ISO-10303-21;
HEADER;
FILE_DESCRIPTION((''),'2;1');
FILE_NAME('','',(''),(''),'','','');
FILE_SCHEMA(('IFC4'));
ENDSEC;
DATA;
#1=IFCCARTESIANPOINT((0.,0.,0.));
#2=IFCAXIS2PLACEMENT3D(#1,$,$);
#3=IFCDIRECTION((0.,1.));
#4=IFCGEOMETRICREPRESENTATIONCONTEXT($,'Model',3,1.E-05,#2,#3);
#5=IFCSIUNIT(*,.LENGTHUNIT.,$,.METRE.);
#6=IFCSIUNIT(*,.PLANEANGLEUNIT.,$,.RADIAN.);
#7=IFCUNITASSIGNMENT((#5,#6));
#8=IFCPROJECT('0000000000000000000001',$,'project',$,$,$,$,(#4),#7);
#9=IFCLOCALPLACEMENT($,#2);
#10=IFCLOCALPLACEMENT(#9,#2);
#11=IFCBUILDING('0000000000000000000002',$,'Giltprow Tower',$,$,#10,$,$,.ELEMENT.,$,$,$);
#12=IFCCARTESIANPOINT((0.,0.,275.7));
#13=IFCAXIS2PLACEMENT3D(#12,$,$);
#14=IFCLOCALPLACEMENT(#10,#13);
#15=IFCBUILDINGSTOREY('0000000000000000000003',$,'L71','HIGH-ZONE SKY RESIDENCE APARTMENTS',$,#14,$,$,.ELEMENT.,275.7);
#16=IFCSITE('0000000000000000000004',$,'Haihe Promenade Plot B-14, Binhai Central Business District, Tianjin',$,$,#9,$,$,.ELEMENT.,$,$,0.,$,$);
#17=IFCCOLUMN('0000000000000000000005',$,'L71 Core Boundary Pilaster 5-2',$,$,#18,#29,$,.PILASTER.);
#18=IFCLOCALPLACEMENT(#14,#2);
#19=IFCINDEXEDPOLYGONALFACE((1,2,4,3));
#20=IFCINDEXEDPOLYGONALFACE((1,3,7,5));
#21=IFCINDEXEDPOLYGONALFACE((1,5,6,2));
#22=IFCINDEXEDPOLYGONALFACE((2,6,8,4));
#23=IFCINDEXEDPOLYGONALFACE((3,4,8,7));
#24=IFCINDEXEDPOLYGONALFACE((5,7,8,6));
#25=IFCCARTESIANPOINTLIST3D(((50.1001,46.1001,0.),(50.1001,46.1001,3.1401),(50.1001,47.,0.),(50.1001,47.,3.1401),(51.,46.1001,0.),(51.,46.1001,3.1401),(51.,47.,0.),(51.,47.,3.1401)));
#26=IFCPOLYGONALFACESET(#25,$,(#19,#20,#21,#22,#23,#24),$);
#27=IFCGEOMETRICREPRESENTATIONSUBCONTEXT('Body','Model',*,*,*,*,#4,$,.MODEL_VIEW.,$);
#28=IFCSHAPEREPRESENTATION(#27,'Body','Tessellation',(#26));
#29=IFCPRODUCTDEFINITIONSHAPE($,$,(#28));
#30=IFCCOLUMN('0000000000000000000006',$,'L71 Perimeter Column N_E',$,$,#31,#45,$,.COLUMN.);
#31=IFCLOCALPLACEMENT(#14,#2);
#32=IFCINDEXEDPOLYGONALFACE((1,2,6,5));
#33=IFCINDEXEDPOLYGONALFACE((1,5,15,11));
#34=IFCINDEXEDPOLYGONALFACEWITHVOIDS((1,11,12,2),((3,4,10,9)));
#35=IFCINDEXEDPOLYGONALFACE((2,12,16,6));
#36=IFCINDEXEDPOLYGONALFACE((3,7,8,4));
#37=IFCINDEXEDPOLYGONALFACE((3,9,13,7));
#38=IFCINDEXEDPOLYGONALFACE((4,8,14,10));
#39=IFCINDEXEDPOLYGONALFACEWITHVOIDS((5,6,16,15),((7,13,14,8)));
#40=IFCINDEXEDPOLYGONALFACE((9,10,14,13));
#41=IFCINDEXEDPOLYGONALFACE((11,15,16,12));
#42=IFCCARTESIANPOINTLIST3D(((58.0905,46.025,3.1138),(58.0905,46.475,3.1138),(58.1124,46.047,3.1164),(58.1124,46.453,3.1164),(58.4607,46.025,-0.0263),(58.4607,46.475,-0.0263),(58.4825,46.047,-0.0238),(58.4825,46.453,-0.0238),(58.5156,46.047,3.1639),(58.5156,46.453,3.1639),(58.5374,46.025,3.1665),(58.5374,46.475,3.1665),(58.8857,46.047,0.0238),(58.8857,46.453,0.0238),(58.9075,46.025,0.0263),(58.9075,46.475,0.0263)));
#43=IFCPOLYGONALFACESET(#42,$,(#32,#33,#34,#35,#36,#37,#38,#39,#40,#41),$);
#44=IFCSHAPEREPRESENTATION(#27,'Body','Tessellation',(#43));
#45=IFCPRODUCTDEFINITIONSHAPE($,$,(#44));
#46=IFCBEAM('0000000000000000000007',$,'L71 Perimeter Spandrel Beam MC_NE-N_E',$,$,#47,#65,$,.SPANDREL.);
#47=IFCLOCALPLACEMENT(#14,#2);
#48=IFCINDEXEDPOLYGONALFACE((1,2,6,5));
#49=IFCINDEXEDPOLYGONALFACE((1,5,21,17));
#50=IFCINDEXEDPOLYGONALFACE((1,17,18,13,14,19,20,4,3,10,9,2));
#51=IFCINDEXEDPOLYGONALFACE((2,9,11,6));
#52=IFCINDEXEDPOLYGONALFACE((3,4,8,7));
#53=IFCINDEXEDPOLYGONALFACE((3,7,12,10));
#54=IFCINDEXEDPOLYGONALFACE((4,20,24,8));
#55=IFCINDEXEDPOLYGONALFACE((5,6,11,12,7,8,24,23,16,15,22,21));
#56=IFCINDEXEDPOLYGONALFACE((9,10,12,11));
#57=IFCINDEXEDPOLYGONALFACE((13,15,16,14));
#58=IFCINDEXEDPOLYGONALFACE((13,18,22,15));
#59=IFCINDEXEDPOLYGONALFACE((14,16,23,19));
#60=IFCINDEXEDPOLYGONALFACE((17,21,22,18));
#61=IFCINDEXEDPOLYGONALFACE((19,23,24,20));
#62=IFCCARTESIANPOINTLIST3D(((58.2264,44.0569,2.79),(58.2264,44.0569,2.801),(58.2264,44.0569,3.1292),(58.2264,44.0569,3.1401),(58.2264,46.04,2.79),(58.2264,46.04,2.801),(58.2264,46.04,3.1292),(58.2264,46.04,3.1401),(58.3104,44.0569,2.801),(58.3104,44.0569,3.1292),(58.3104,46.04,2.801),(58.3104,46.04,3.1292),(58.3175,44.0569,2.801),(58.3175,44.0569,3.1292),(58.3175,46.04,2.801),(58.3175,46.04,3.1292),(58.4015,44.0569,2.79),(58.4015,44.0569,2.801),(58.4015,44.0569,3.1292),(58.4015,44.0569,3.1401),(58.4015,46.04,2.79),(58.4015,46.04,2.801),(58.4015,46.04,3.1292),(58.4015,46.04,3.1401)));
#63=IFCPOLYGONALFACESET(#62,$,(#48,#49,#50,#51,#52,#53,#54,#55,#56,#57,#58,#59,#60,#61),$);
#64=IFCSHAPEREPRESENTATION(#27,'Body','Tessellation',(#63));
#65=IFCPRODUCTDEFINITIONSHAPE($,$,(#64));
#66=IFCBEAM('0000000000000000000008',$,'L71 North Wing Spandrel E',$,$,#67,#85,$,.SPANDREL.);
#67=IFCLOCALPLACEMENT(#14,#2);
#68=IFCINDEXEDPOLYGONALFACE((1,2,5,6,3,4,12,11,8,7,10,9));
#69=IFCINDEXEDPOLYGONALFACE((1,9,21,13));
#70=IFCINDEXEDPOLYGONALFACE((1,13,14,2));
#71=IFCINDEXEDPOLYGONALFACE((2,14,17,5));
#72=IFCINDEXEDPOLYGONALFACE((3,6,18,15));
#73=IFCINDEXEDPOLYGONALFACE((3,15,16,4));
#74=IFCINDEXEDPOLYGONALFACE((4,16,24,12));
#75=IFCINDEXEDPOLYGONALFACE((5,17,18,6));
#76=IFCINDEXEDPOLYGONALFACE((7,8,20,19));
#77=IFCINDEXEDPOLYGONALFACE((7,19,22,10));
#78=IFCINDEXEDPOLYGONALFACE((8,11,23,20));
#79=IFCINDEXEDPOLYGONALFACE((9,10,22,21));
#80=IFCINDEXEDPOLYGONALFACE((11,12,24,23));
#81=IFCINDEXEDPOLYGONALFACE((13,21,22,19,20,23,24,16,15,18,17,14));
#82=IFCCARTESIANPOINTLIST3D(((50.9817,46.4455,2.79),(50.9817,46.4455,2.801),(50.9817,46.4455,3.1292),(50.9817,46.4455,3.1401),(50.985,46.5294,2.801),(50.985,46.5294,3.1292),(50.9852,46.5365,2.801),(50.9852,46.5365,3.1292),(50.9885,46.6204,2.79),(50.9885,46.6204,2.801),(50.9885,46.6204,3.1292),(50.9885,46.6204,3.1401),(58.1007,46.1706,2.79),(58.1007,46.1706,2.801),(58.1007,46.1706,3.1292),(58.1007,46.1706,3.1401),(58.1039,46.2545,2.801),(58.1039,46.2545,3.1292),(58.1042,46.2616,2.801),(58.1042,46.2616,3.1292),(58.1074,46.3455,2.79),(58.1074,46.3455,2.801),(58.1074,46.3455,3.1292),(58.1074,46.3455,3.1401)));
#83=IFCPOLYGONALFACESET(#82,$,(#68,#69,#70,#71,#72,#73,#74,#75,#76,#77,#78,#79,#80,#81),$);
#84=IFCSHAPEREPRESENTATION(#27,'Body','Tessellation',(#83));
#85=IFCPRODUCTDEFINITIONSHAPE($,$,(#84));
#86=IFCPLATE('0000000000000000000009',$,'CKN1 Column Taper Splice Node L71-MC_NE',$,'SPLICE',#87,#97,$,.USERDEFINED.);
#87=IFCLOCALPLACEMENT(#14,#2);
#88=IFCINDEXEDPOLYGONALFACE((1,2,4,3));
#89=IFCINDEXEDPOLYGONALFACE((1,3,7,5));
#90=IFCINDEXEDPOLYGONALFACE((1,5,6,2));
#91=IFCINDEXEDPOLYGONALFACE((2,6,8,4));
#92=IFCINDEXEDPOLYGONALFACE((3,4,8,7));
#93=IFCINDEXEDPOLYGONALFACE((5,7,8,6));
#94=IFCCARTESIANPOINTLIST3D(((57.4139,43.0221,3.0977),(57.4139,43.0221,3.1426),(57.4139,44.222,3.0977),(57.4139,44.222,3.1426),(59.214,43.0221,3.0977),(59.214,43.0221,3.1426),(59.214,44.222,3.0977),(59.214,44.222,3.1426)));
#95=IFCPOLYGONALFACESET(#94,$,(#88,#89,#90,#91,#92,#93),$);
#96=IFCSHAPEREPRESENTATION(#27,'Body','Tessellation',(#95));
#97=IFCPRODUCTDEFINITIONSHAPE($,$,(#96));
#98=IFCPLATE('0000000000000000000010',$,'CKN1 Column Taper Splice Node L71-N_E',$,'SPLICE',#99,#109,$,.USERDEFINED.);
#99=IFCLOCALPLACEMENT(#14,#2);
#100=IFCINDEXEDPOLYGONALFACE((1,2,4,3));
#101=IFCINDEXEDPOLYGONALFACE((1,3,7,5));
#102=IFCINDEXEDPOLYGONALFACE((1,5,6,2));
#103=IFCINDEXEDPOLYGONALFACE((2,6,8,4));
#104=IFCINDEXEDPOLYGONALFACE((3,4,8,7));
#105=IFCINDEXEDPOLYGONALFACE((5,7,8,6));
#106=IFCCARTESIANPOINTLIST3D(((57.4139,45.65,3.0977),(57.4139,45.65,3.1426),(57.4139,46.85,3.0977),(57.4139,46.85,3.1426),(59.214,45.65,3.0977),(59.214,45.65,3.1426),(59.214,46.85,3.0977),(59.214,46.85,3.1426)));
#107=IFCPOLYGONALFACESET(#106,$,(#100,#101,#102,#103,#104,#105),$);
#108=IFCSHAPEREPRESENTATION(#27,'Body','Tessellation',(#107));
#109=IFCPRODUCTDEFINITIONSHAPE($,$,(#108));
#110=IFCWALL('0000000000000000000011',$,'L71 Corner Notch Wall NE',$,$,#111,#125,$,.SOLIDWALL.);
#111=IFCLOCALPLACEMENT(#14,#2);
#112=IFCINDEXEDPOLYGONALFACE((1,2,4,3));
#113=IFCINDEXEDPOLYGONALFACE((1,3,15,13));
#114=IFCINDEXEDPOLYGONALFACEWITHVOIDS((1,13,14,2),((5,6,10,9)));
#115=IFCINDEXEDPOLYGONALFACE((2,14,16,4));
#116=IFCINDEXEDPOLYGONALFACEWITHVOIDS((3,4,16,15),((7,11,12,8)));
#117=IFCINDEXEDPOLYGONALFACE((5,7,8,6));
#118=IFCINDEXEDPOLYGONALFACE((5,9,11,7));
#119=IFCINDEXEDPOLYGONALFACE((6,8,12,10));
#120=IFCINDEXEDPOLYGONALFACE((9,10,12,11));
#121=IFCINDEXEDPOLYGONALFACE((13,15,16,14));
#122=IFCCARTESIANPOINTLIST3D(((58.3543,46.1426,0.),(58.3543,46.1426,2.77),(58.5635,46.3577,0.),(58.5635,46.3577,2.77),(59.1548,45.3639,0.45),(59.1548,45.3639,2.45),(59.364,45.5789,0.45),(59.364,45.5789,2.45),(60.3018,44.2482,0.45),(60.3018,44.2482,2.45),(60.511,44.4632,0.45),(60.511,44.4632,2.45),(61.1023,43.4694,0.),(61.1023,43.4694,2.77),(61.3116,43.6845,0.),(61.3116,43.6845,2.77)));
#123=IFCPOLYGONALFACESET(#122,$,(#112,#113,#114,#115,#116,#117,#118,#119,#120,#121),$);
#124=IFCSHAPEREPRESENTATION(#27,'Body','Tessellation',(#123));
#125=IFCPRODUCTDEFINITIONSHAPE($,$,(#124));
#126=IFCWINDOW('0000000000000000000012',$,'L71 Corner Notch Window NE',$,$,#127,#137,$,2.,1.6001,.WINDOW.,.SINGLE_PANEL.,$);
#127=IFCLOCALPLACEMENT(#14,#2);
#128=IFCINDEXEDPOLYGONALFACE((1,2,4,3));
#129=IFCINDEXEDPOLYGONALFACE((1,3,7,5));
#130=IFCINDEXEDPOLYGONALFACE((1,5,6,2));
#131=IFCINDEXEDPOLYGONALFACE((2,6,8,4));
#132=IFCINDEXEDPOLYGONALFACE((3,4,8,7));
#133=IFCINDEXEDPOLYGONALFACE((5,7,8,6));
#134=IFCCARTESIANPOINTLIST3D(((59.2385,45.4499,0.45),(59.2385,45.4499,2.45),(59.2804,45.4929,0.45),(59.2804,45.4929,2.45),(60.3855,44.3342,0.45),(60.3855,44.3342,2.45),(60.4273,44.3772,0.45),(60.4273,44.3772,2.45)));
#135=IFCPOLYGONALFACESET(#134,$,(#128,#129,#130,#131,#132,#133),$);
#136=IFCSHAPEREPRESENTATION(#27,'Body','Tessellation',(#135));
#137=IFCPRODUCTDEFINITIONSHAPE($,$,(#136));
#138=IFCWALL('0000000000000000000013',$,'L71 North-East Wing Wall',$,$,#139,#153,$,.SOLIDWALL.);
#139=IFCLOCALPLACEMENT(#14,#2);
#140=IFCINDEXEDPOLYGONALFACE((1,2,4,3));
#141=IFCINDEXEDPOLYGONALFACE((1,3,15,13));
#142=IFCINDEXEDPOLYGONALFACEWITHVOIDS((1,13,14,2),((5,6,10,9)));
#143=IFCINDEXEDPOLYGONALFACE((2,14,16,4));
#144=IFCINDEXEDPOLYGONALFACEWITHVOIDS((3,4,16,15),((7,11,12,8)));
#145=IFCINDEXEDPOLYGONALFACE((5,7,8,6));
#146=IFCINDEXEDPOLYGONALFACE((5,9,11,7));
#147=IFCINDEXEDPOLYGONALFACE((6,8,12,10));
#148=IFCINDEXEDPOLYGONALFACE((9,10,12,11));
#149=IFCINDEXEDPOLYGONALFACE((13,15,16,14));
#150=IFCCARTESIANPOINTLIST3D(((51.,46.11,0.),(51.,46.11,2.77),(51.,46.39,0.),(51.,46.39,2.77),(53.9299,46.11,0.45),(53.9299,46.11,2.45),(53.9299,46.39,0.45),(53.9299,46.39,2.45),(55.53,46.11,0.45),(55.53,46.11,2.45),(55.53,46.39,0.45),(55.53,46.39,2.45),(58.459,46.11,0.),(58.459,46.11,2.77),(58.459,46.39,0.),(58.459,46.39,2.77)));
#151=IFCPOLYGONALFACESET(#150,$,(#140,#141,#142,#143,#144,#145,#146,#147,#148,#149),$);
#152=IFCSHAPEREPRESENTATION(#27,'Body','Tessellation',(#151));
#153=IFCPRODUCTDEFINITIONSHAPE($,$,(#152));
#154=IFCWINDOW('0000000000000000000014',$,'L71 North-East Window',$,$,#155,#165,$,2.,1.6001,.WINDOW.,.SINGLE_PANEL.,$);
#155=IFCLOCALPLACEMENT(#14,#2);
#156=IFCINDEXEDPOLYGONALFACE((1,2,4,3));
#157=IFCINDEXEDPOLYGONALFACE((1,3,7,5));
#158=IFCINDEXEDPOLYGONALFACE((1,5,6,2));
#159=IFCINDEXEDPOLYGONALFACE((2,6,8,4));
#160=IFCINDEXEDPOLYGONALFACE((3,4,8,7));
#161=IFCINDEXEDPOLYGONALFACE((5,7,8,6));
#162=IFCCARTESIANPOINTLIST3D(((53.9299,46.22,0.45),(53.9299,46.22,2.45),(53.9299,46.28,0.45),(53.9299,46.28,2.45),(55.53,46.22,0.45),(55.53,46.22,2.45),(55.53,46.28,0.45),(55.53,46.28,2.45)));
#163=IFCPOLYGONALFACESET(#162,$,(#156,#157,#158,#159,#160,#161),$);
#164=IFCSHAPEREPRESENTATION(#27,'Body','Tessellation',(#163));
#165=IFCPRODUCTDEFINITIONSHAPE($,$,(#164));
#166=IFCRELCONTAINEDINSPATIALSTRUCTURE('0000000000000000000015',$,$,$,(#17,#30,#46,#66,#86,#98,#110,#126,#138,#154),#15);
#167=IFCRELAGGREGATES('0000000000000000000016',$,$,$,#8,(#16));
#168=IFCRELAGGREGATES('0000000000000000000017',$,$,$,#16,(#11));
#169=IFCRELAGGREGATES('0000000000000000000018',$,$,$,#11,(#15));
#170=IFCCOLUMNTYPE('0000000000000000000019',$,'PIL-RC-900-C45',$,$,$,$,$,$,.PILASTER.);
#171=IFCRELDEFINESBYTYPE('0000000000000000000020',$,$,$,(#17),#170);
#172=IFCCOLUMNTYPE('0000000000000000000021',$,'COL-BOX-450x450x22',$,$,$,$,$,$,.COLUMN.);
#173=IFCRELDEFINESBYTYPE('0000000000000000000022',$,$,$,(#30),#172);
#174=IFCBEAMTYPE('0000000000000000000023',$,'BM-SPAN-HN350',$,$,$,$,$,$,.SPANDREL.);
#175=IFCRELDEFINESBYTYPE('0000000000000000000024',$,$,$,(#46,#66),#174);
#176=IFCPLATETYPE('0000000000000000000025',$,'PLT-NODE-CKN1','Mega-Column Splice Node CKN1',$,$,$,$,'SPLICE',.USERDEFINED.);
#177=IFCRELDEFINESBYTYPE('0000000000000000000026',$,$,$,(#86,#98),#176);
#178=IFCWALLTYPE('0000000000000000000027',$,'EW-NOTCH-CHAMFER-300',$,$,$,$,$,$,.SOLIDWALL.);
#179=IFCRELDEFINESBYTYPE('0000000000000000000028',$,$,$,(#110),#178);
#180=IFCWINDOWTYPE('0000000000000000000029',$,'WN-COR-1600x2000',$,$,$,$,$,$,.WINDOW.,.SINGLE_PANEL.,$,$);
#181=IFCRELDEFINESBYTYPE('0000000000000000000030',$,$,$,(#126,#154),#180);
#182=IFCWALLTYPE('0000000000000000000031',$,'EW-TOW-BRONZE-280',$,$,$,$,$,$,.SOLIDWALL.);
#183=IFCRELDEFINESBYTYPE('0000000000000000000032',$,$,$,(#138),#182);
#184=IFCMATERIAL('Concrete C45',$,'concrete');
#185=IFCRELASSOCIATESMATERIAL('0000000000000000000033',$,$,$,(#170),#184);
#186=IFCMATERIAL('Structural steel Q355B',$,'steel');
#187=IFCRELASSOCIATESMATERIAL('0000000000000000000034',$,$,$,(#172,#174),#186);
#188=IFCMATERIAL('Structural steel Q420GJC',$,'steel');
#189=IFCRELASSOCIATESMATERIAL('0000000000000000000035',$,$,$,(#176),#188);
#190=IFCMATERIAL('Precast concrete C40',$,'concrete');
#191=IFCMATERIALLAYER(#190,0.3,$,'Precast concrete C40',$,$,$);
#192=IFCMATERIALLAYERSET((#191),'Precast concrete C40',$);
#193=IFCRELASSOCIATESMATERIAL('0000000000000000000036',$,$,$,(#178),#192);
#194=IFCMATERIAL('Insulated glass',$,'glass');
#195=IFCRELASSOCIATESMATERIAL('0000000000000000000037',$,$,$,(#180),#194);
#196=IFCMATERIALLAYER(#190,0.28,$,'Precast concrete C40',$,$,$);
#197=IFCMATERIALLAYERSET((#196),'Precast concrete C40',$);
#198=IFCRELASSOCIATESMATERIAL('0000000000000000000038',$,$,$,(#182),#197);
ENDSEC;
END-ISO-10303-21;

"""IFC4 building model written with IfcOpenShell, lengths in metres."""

from ifc_helpers import new_model, si_unit, direction, frame, frame_2d, origin, origin_2d, place, context, subcontext, project, spatial, rectangle, hollow_rectangle, i_section, extrude, source, transform, mapped, material, layer, layer_set, material_profile, profile_set, type_object, element, fill, save


model = new_model("IFC4")

# Units and contexts
model_context = context("Model", 3, precision=1e-05, world=origin(), true_north=direction((0.0, 1.0)))
body_context = subcontext(model_context, "Body", "Model", "MODEL_VIEW")
ifc_project = project(units=[si_unit("LENGTHUNIT", "METRE"), si_unit("PLANEANGLEUNIT", "RADIAN")], contexts=[model_context])

# Site, building, storey
site_placement = place(None, origin())
site = spatial("IfcSite", under=ifc_project, at=site_placement, Name="Haihe Promenade Plot B-14, Binhai Central Business District, Tianjin", CompositionType="ELEMENT", RefElevation=0.0)
building_placement = place(site_placement, origin())
building = spatial("IfcBuilding", under=site, at=building_placement, Name="Giltprow Tower", CompositionType="ELEMENT")
storey_placement = place(building_placement, frame((0.0, 0.0, 275.7)))
storey = spatial("IfcBuildingStorey", under=building, at=storey_placement, Name="L71", Description="HIGH-ZONE SKY RESIDENCE APARTMENTS", CompositionType="ELEMENT", Elevation=275.7)

# Columns
ifc_material_1 = material(Name="Concrete C45", Category="concrete")
ifc_material_profile_1 = material_profile(ifc_material_1, rectangle(XDim=0.8999, YDim=0.8999, at=origin_2d()), Name="RC 900x900")
ifc_profile_set_1 = profile_set([ifc_material_profile_1], Name="Concrete C45")
column_type_1 = type_object("IfcColumnType", Name="PIL-RC-900-C45", PredefinedType="PILASTER", material=ifc_profile_set_1)
shared_shape_1 = source(origin(), body_context, "Body", "SweptSolid", [
    extrude(rectangle(XDim=0.8999, YDim=0.8999, at=origin_2d()), origin(), (0.0, 0.0, 1.0), 3.1401),
])
column_1_placement = place(storey_placement, frame((50.55, 46.55, 0.0), z_axis=(0.0, 0.0, 1.0), x_axis=(1.0, 0.0, 0.0)))
element("IfcColumn", 1, at=column_1_placement, inside=storey, type_object=column_type_1, Name="L71 Core Boundary Pilaster 5-2", PredefinedType="PILASTER", context=body_context, shape_type="MappedRepresentation", body=[
    mapped(shared_shape_1, transform((0.0, 0.0, 0.0), x_axis=(1.0, 0.0, 0.0), y_axis=(0.0, 1.0, 0.0), z_axis=(0.0, 0.0, 1.0), scale=1.0)),
])
ifc_material_2 = material(Name="Structural steel Q355B", Category="steel")
ifc_material_profile_2 = material_profile(ifc_material_2, hollow_rectangle(XDim=0.45, YDim=0.45, WallThickness=0.022, at=origin_2d()), Name="BOX 450x450x22")
ifc_profile_set_2 = profile_set([ifc_material_profile_2], Name="Structural steel Q355B")
column_type_2 = type_object("IfcColumnType", Name="COL-BOX-450x450x22", PredefinedType="COLUMN", material=ifc_profile_set_2)
shared_shape_2 = source(origin(), body_context, "Body", "SweptSolid", [
    extrude(hollow_rectangle(XDim=0.45, YDim=0.45, WallThickness=0.022, at=origin_2d()), origin(), (0.0, 0.0, 1.0), 3.1619),
])
column_2_placement = place(storey_placement, frame((58.6841, 46.25, 0.0), z_axis=(-0.117056, 0.0, 0.993125), x_axis=(0.0, -1.0, 0.0)))
element("IfcColumn", 2, at=column_2_placement, inside=storey, type_object=column_type_2, Name="L71 Perimeter Column N_E", PredefinedType="COLUMN", context=body_context, shape_type="MappedRepresentation", body=[
    mapped(shared_shape_2, transform((0.0, 0.0, 0.0), x_axis=(1.0, 0.0, 0.0), y_axis=(0.0, 1.0, 0.0), z_axis=(0.0, 0.0, 1.0), scale=1.0)),
])

# Beams
ifc_material_profile_3 = material_profile(ifc_material_2, i_section(OverallWidth=0.175, OverallDepth=0.3501, WebThickness=0.0071, FlangeThickness=0.011, at=origin_2d()), Name="HN 350x175x7x11")
ifc_profile_set_3 = profile_set([ifc_material_profile_3], Name="Structural steel Q355B")
beam_type = type_object("IfcBeamType", Name="BM-SPAN-HN350", PredefinedType="SPANDREL", material=ifc_profile_set_3)
shared_shape_3 = source(origin(), body_context, "Body", "SweptSolid", [
    extrude(i_section(OverallWidth=0.175, OverallDepth=0.3501, WebThickness=0.0071, FlangeThickness=0.011, at=origin_2d()), origin(), (0.0, 0.0, 1.0), 1.9832),
])
beam_1_placement = place(storey_placement, frame((58.314, 44.0569, 2.9651), z_axis=(0.0, 1.0, 0.0), x_axis=(-1.0, 0.0, 0.0)))
element("IfcBeam", 3, at=beam_1_placement, inside=storey, type_object=beam_type, Name="L71 Perimeter Spandrel Beam MC_NE-N_E", PredefinedType="SPANDREL", context=body_context, shape_type="MappedRepresentation", body=[
    mapped(shared_shape_3, transform((0.0, 0.0, 0.0), x_axis=(1.0, 0.0, 0.0), y_axis=(0.0, 1.0, 0.0), z_axis=(0.0, 0.0, 1.0), scale=1.0)),
])
shared_shape_4 = source(origin(), body_context, "Body", "SweptSolid", [
    extrude(i_section(OverallWidth=0.175, OverallDepth=0.3501, WebThickness=0.0071, FlangeThickness=0.011, at=origin_2d()), origin(), (0.0, 0.0, 1.0), 7.1243),
])
beam_2_placement = place(storey_placement, frame((50.9851, 46.533, 2.9651), z_axis=(0.999255, -0.038587, 0.0), x_axis=(0.038587, 0.999255, 0.0)))
element("IfcBeam", 4, at=beam_2_placement, inside=storey, type_object=beam_type, Name="L71 North Wing Spandrel E", PredefinedType="SPANDREL", context=body_context, shape_type="MappedRepresentation", body=[
    mapped(shared_shape_4, transform((0.0, 0.0, 0.0), x_axis=(1.0, 0.0, 0.0), y_axis=(0.0, 1.0, 0.0), z_axis=(0.0, 0.0, 1.0), scale=1.0)),
])

# Plates
ifc_material_3 = material(Name="Structural steel Q420GJC", Category="steel")
plate_type = type_object("IfcPlateType", Name="PLT-NODE-CKN1", Description="Mega-Column Splice Node CKN1", ElementType="SPLICE", PredefinedType="USERDEFINED", material=ifc_material_3)
shared_shape_5 = source(origin(), body_context, "Body", "SweptSolid", [
    extrude(rectangle(XDim=1.8, YDim=1.2, at=origin_2d()), origin(), (0.0, 0.0, 1.0), 0.0449),
])
for number, where, z_axis, x_axis, name in (
    (5, (58.314, 43.6221, 3.0977), (0.0, 0.0, 1.0), (1.0, 0.0, 0.0), "CKN1 Column Taper Splice Node L71-MC_NE"),
    (6, (58.314, 46.25, 3.0977), (0.0, 0.0, 1.0), (1.0, 0.0, 0.0), "CKN1 Column Taper Splice Node L71-N_E"),
):
    element("IfcPlate", number, at=place(storey_placement, frame(where, z_axis=z_axis, x_axis=x_axis)), inside=storey, type_object=plate_type, Name=name, ObjectType="SPLICE", PredefinedType="USERDEFINED", context=body_context, shape_type="MappedRepresentation", body=[
        mapped(shared_shape_5, transform((0.0, 0.0, 0.0), x_axis=(1.0, 0.0, 0.0), y_axis=(0.0, 1.0, 0.0), z_axis=(0.0, 0.0, 1.0), scale=1.0)),
    ])

# Walls, openings, windows
ifc_material_4 = material(Name="Precast concrete C40", Category="concrete")
ifc_layer_1 = layer(ifc_material_4, 0.3, Name="Precast concrete C40")
ifc_layer_set_1 = layer_set([ifc_layer_1], Name="Precast concrete C40")
wall_type_1 = type_object("IfcWallType", Name="EW-NOTCH-CHAMFER-300", PredefinedType="SOLIDWALL", material=ifc_layer_set_1)
wall_1_placement = place(storey_placement, frame((61.207, 43.5769, 0.0), z_axis=(0.0, 0.0, 1.0), x_axis=(-0.716815, 0.697264, 0.0)))
wall_1 = element("IfcWall", 7, at=wall_1_placement, inside=storey, type_object=wall_type_1, Name="L71 Corner Notch Wall NE", PredefinedType="SOLIDWALL", context=body_context, shape_type="SweptSolid", body=[
    extrude(rectangle(XDim=3.8337, YDim=0.3, at=frame_2d((1.917, 0.0))), origin(), (0.0, 0.0, 1.0), 2.77),
])
opening_1_placement = place(wall_1_placement, frame((1.1169, 0.0, 0.45)))
opening_1 = element("IfcOpeningElement", 8, at=opening_1_placement, cuts=wall_1, PredefinedType="OPENING", context=body_context, shape_type="SweptSolid", body=[
    extrude(rectangle(XDim=1.6001, YDim=2.0, at=frame_2d((0.8, 1.0))), frame((0.0, 0.1599, 0.0), z_axis=(0.0, -1.0, 0.0), x_axis=(1.0, 0.0, 0.0)), (0.0, 0.0, 1.0), 0.3201),
])
ifc_material_5 = material(Name="Insulated glass", Category="glass")
window_type = type_object("IfcWindowType", Name="WN-COR-1600x2000", PartitioningType="SINGLE_PANEL", PredefinedType="WINDOW", material=ifc_material_5)
shared_shape_6 = source(origin(), body_context, "Body", "SweptSolid", [
    extrude(rectangle(XDim=1.6001, YDim=2.0, at=frame_2d((0.8, 1.0))), frame((0.0, 0.03, 0.0), z_axis=(0.0, -1.0, 0.0), x_axis=(1.0, 0.0, 0.0)), (0.0, 0.0, 1.0), 0.0601),
])
window_1_placement = place(opening_1_placement, origin())
window_1 = element("IfcWindow", 9, at=window_1_placement, inside=storey, type_object=window_type, Name="L71 Corner Notch Window NE", OverallHeight=2.0, OverallWidth=1.6001, PartitioningType="SINGLE_PANEL", PredefinedType="WINDOW", context=body_context, shape_type="MappedRepresentation", body=[
    mapped(shared_shape_6, transform((0.0, 0.0, 0.0), x_axis=(1.0, 0.0, 0.0), y_axis=(0.0, 1.0, 0.0), z_axis=(0.0, 0.0, 1.0), scale=1.0)),
])
fill(opening_1, window_1)
ifc_layer_2 = layer(ifc_material_4, 0.28, Name="Precast concrete C40")
ifc_layer_set_2 = layer_set([ifc_layer_2], Name="Precast concrete C40")
wall_type_2 = type_object("IfcWallType", Name="EW-TOW-BRONZE-280", PredefinedType="SOLIDWALL", material=ifc_layer_set_2)
wall_2_placement = place(storey_placement, frame((51.0, 46.25, 0.0), z_axis=(0.0, 0.0, 1.0), x_axis=(1.0, 0.0, 0.0)))
wall_2 = element("IfcWall", 10, at=wall_2_placement, inside=storey, type_object=wall_type_2, Name="L71 North-East Wing Wall", PredefinedType="SOLIDWALL", context=body_context, shape_type="SweptSolid", body=[
    extrude(rectangle(XDim=7.459, YDim=0.28, at=frame_2d((3.7295, 0.0))), origin(), (0.0, 0.0, 1.0), 2.77),
])
opening_2_placement = place(wall_2_placement, frame((2.9299, 0.0, 0.45)))
opening_2 = element("IfcOpeningElement", 11, at=opening_2_placement, cuts=wall_2, PredefinedType="OPENING", context=body_context, shape_type="SweptSolid", body=[
    extrude(rectangle(XDim=1.6001, YDim=2.0, at=frame_2d((0.8, 1.0))), frame((0.0, 0.1499, 0.0), z_axis=(0.0, -1.0, 0.0), x_axis=(1.0, 0.0, 0.0)), (0.0, 0.0, 1.0), 0.3),
])
window_2_placement = place(opening_2_placement, origin())
window_2 = element("IfcWindow", 12, at=window_2_placement, inside=storey, type_object=window_type, Name="L71 North-East Window", OverallHeight=2.0, OverallWidth=1.6001, PartitioningType="SINGLE_PANEL", PredefinedType="WINDOW", context=body_context, shape_type="MappedRepresentation", body=[
    mapped(shared_shape_6, transform((0.0, 0.0, 0.0), x_axis=(1.0, 0.0, 0.0), y_axis=(0.0, 1.0, 0.0), z_axis=(0.0, 0.0, 1.0), scale=1.0)),
])
fill(opening_2, window_2)

save(model, "model.ifc")
